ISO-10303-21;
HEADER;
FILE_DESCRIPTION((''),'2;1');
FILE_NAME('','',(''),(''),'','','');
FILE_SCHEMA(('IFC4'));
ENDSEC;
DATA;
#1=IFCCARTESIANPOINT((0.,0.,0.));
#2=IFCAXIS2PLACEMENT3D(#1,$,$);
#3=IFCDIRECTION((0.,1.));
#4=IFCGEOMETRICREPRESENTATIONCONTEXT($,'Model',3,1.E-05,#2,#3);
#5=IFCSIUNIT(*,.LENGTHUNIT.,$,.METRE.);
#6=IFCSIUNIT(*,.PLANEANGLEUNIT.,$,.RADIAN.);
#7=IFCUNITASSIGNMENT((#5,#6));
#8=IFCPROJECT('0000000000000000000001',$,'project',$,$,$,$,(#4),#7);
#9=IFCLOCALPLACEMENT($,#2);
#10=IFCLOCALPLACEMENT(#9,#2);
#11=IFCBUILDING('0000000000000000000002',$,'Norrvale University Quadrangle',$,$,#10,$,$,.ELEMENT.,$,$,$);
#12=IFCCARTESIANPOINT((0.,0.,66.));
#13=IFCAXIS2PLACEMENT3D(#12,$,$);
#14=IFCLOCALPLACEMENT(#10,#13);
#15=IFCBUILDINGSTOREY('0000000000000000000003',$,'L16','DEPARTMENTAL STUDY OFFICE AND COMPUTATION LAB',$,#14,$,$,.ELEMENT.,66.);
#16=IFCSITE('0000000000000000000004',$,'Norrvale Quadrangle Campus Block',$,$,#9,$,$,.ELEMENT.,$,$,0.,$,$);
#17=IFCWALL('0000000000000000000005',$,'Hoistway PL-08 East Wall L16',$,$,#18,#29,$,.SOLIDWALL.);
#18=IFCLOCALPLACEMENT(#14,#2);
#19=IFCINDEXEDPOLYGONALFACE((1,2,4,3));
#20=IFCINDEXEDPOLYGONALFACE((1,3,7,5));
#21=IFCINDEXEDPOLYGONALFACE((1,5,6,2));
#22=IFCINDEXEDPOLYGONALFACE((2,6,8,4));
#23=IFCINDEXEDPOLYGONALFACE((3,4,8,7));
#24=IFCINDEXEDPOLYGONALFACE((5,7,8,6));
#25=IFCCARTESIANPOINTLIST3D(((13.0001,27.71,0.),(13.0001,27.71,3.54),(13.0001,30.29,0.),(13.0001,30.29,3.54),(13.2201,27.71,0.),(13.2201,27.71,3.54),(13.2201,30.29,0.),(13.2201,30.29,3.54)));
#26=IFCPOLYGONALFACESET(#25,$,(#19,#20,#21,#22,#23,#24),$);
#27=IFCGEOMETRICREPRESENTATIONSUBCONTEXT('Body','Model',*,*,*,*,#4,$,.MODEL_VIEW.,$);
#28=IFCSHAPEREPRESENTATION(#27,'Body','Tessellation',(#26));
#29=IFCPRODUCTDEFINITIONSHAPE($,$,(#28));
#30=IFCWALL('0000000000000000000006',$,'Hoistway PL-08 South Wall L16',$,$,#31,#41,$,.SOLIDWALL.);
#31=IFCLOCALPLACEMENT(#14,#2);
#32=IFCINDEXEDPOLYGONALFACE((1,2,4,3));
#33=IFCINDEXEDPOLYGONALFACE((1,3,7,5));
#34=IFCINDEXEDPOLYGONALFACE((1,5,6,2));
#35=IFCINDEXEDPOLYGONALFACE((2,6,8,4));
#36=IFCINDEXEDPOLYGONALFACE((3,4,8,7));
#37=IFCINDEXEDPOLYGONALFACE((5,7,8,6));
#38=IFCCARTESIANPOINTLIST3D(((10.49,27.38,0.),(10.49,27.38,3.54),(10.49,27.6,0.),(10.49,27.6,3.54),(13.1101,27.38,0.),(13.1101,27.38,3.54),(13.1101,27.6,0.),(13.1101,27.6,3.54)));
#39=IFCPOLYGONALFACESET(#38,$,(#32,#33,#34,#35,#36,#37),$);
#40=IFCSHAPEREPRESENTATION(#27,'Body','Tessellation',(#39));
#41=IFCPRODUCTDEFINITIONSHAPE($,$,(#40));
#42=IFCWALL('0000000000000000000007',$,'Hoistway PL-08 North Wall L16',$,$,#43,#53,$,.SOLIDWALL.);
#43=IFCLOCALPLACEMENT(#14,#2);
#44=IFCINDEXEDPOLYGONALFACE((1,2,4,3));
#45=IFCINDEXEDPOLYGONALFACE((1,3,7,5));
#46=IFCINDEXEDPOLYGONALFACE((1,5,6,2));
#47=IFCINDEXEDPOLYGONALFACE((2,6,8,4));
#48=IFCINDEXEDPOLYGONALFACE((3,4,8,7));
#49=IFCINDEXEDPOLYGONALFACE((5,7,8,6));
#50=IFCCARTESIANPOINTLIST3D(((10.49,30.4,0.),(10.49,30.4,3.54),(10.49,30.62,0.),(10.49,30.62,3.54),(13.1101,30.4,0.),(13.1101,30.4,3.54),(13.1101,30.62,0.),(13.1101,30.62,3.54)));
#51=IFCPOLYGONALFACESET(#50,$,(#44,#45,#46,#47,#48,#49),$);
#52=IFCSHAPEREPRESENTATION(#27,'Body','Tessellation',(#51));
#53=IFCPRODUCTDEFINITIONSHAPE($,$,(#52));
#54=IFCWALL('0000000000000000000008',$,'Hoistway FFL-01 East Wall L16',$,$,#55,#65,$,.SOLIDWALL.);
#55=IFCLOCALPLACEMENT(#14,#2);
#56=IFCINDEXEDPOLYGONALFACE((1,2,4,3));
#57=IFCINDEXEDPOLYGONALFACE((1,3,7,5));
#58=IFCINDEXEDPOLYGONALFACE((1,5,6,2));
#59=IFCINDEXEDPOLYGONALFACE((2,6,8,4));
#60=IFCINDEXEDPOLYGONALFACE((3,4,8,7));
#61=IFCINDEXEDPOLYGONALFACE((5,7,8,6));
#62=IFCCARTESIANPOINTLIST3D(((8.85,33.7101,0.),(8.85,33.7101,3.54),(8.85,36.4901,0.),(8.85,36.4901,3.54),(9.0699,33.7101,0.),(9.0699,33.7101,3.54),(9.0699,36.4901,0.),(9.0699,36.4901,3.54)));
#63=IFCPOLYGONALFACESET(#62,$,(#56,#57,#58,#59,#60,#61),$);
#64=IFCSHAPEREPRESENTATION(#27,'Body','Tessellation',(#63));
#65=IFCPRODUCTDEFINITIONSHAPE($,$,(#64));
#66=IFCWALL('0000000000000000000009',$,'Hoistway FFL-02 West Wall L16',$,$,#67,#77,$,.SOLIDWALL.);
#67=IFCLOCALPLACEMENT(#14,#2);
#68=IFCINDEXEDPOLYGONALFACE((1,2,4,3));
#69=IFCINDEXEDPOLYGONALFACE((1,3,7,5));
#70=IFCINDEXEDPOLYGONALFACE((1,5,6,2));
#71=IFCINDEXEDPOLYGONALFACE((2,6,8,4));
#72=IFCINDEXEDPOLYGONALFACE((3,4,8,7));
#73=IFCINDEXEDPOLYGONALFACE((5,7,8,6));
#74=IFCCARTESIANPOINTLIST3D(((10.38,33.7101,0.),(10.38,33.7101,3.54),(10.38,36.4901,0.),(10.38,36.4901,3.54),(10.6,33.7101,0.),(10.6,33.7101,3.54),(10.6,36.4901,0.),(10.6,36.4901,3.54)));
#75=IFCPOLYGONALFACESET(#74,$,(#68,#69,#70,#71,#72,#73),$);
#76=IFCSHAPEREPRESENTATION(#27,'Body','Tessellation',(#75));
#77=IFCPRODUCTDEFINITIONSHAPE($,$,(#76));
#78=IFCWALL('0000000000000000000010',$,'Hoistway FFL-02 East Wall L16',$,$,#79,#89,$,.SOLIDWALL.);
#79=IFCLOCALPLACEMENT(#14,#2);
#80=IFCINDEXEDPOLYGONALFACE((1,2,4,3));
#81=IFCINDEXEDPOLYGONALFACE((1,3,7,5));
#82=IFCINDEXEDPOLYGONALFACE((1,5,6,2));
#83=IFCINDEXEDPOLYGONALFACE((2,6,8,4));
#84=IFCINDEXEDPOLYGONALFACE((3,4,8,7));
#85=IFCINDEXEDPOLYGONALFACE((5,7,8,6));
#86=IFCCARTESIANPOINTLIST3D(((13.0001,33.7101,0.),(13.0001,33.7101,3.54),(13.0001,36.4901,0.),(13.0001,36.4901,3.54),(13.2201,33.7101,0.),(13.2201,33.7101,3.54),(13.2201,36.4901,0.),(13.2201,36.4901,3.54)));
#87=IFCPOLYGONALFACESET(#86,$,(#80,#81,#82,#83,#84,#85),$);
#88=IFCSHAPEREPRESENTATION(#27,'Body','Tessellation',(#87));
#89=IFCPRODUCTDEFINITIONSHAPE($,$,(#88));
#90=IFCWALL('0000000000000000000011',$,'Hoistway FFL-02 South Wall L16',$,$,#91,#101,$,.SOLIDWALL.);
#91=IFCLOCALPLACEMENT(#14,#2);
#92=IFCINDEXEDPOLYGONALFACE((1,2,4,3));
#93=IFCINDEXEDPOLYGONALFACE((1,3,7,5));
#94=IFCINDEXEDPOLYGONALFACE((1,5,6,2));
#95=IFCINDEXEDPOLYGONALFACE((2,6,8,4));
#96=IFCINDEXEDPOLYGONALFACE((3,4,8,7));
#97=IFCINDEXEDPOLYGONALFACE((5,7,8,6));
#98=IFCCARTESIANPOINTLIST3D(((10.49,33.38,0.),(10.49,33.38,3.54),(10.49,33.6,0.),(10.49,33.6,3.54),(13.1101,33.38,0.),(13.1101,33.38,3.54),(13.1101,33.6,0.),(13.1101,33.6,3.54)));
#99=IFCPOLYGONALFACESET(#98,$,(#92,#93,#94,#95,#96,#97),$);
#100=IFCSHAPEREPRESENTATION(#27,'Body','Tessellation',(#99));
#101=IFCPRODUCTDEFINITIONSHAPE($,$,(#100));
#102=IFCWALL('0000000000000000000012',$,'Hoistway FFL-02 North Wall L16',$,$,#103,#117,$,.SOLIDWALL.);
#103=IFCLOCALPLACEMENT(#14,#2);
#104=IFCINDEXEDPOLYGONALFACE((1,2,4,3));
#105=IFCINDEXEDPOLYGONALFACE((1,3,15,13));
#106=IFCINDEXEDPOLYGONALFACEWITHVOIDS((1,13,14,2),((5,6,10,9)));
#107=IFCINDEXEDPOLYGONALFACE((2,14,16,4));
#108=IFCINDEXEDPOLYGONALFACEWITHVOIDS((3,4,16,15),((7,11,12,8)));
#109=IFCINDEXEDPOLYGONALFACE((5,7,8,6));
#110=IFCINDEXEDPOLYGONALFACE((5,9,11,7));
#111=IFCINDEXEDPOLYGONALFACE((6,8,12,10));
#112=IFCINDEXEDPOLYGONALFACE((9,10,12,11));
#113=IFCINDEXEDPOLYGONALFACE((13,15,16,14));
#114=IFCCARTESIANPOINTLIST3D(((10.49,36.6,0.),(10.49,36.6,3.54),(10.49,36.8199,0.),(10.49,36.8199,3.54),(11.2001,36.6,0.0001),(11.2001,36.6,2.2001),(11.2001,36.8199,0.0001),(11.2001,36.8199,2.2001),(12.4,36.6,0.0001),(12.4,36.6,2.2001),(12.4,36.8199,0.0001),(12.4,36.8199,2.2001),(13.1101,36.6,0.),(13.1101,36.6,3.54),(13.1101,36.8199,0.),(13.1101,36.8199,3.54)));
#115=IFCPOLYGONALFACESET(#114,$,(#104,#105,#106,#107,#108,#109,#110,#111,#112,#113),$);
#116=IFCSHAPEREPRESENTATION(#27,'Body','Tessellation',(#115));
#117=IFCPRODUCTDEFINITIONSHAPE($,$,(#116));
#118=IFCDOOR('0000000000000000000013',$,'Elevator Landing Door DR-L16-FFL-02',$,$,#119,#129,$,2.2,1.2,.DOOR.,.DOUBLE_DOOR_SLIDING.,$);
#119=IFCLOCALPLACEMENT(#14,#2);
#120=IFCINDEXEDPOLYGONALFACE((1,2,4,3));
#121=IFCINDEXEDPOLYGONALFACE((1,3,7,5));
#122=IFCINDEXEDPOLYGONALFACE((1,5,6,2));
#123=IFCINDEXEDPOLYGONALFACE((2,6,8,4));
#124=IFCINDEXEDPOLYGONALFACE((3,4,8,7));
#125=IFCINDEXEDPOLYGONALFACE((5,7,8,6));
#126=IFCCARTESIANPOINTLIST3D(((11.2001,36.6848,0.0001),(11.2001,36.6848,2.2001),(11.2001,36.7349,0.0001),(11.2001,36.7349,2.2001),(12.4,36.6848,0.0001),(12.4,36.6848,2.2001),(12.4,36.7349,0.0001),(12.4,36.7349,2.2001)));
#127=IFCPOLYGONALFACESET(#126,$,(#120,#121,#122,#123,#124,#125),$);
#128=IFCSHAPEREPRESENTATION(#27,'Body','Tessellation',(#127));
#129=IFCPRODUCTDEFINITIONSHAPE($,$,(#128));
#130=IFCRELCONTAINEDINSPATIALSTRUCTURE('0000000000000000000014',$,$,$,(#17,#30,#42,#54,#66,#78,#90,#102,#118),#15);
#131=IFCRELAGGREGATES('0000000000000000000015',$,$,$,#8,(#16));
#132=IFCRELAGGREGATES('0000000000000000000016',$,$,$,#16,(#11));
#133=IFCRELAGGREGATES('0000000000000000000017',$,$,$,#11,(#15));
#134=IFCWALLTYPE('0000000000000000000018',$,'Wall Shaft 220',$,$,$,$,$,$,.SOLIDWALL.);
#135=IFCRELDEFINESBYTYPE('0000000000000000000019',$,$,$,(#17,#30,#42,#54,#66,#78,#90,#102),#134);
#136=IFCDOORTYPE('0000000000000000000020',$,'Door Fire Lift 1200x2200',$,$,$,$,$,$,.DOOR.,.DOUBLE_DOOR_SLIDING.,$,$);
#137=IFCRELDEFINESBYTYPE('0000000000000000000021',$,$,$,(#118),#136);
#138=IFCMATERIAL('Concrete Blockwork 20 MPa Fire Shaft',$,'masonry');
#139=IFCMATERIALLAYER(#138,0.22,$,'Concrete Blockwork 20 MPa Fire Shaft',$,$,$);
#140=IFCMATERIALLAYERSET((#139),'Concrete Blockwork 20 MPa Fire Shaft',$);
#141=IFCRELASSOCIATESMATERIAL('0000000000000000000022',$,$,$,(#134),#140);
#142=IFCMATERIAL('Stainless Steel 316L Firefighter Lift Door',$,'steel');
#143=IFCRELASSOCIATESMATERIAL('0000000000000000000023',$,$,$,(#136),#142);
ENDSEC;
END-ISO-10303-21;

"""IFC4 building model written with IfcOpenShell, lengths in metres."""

from ifc_helpers import new_model, si_unit, direction, frame, frame_2d, origin, place, context, subcontext, project, spatial, rectangle, extrude, material, layer, layer_set, type_object, element, fill, save


model = new_model("IFC4")

# Units and contexts
model_context = context("Model", 3, precision=1e-05, world=origin(), true_north=direction((0.0, 1.0)))
body_context = subcontext(model_context, "Body", "Model", "MODEL_VIEW")
ifc_project = project(units=[si_unit("LENGTHUNIT", "METRE"), si_unit("PLANEANGLEUNIT", "RADIAN")], contexts=[model_context])

# Site, building, storey
site_placement = place(None, origin())
site = spatial("IfcSite", under=ifc_project, at=site_placement, Name="Norrvale Quadrangle Campus Block", CompositionType="ELEMENT", RefElevation=0.0)
building_placement = place(site_placement, origin())
building = spatial("IfcBuilding", under=site, at=building_placement, Name="Norrvale University Quadrangle", CompositionType="ELEMENT")
storey_placement = place(building_placement, frame((0.0, 0.0, 66.0)))
storey = spatial("IfcBuildingStorey", under=building, at=storey_placement, Name="L16", Description="DEPARTMENTAL STUDY OFFICE AND COMPUTATION LAB", CompositionType="ELEMENT", Elevation=66.0)

# Shared definitions
ifc_material_1 = material(Name="Concrete Blockwork 20 MPa Fire Shaft", Category="masonry")
ifc_layer_1 = layer(ifc_material_1, 0.22, Name="Concrete Blockwork 20 MPa Fire Shaft")
ifc_layer_set_1 = layer_set([ifc_layer_1], Name="Concrete Blockwork 20 MPa Fire Shaft")
wall_type_1 = type_object("IfcWallType", Name="Wall Shaft 220", PredefinedType="SOLIDWALL", material=ifc_layer_set_1)

# Walls
for number, where, z_axis, x_axis, name in (
    (1, (13.1101, 27.71, 0.0), (0.0, 0.0, 1.0), (0.0, 1.0, 0.0), "Hoistway PL-08 East Wall L16"),
):
    element("IfcWall", number, at=place(storey_placement, frame(where, z_axis=z_axis, x_axis=x_axis)), inside=storey, type_object=wall_type_1, Name=name, PredefinedType="SOLIDWALL", context=body_context, shape_type="SweptSolid", body=[
        extrude(rectangle(XDim=2.5801, YDim=0.22, at=frame_2d((1.29, 0.0))), origin(), (0.0, 0.0, 1.0), 3.54),
    ])
for number, where, z_axis, x_axis, name in (
    (2, (10.49, 27.49, 0.0), (0.0, 0.0, 1.0), (1.0, 0.0, 0.0), "Hoistway PL-08 South Wall L16"),
    (3, (10.49, 30.51, 0.0), (0.0, 0.0, 1.0), (1.0, 0.0, 0.0), "Hoistway PL-08 North Wall L16"),
):
    element("IfcWall", number, at=place(storey_placement, frame(where, z_axis=z_axis, x_axis=x_axis)), inside=storey, type_object=wall_type_1, Name=name, PredefinedType="SOLIDWALL", context=body_context, shape_type="SweptSolid", body=[
        extrude(rectangle(XDim=2.6201, YDim=0.22, at=frame_2d((1.3101, 0.0))), origin(), (0.0, 0.0, 1.0), 3.54),
    ])
for number, where, z_axis, x_axis, name in (
    (4, (8.96, 33.71, 0.0), (0.0, 0.0, 1.0), (0.0, 1.0, 0.0), "Hoistway FFL-01 East Wall L16"),
    (5, (10.49, 33.71, 0.0), (0.0, 0.0, 1.0), (0.0, 1.0, 0.0), "Hoistway FFL-02 West Wall L16"),
    (6, (13.1101, 33.71, 0.0), (0.0, 0.0, 1.0), (0.0, 1.0, 0.0), "Hoistway FFL-02 East Wall L16"),
):
    element("IfcWall", number, at=place(storey_placement, frame(where, z_axis=z_axis, x_axis=x_axis)), inside=storey, type_object=wall_type_1, Name=name, PredefinedType="SOLIDWALL", context=body_context, shape_type="SweptSolid", body=[
        extrude(rectangle(XDim=2.78, YDim=0.22, at=frame_2d((1.3901, 0.0))), origin(), (0.0, 0.0, 1.0), 3.54),
    ])
wall_1_placement = place(storey_placement, frame((10.49, 33.49, 0.0), z_axis=(0.0, 0.0, 1.0), x_axis=(1.0, 0.0, 0.0)))
element("IfcWall", 7, at=wall_1_placement, inside=storey, type_object=wall_type_1, Name="Hoistway FFL-02 South Wall L16", PredefinedType="SOLIDWALL", context=body_context, shape_type="SweptSolid", body=[
    extrude(rectangle(XDim=2.6201, YDim=0.22, at=frame_2d((1.3101, 0.0))), origin(), (0.0, 0.0, 1.0), 3.54),
])

# Wall, opening, door
wall_2_placement = place(storey_placement, frame((10.49, 36.71, 0.0), z_axis=(0.0, 0.0, 1.0), x_axis=(1.0, 0.0, 0.0)))
wall_2 = element("IfcWall", 8, at=wall_2_placement, inside=storey, type_object=wall_type_1, Name="Hoistway FFL-02 North Wall L16", PredefinedType="SOLIDWALL", context=body_context, shape_type="SweptSolid", body=[
    extrude(rectangle(XDim=2.6201, YDim=0.22, at=frame_2d((1.3101, 0.0))), origin(), (0.0, 0.0, 1.0), 3.54),
])
opening_1_placement = place(wall_2_placement, frame((0.71, 0.0, 0.0)))
opening_1 = element("IfcOpeningElement", 9, at=opening_1_placement, cuts=wall_2, PredefinedType="OPENING", context=body_context, shape_type="SweptSolid", body=[
    extrude(rectangle(XDim=1.2, YDim=2.2, at=frame_2d((0.6001, 1.1001))), frame((0.0, 0.1221, 0.0), z_axis=(0.0, -1.0, 0.0), x_axis=(1.0, 0.0, 0.0)), (0.0, 0.0, 1.0), 0.2439),
])
ifc_material_2 = material(Name="Stainless Steel 316L Firefighter Lift Door", Category="steel")
door_type_1 = type_object("IfcDoorType", Name="Door Fire Lift 1200x2200", OperationType="DOUBLE_DOOR_SLIDING", PredefinedType="DOOR", material=ifc_material_2)
door_1_placement = place(opening_1_placement, origin())
door_1 = element("IfcDoor", 10, at=door_1_placement, inside=storey, type_object=door_type_1, Name="Elevator Landing Door DR-L16-FFL-02", OperationType="DOUBLE_DOOR_SLIDING", OverallHeight=2.2, OverallWidth=1.2, PredefinedType="DOOR", context=body_context, shape_type="SweptSolid", body=[
    extrude(rectangle(XDim=1.2, YDim=2.2, at=frame_2d((0.6001, 1.1001))), frame((0.0, 0.0249, 0.0), z_axis=(0.0, -1.0, 0.0), x_axis=(1.0, 0.0, 0.0)), (0.0, 0.0, 1.0), 0.05),
])
fill(opening_1, door_1)

save(model, "model.ifc")
